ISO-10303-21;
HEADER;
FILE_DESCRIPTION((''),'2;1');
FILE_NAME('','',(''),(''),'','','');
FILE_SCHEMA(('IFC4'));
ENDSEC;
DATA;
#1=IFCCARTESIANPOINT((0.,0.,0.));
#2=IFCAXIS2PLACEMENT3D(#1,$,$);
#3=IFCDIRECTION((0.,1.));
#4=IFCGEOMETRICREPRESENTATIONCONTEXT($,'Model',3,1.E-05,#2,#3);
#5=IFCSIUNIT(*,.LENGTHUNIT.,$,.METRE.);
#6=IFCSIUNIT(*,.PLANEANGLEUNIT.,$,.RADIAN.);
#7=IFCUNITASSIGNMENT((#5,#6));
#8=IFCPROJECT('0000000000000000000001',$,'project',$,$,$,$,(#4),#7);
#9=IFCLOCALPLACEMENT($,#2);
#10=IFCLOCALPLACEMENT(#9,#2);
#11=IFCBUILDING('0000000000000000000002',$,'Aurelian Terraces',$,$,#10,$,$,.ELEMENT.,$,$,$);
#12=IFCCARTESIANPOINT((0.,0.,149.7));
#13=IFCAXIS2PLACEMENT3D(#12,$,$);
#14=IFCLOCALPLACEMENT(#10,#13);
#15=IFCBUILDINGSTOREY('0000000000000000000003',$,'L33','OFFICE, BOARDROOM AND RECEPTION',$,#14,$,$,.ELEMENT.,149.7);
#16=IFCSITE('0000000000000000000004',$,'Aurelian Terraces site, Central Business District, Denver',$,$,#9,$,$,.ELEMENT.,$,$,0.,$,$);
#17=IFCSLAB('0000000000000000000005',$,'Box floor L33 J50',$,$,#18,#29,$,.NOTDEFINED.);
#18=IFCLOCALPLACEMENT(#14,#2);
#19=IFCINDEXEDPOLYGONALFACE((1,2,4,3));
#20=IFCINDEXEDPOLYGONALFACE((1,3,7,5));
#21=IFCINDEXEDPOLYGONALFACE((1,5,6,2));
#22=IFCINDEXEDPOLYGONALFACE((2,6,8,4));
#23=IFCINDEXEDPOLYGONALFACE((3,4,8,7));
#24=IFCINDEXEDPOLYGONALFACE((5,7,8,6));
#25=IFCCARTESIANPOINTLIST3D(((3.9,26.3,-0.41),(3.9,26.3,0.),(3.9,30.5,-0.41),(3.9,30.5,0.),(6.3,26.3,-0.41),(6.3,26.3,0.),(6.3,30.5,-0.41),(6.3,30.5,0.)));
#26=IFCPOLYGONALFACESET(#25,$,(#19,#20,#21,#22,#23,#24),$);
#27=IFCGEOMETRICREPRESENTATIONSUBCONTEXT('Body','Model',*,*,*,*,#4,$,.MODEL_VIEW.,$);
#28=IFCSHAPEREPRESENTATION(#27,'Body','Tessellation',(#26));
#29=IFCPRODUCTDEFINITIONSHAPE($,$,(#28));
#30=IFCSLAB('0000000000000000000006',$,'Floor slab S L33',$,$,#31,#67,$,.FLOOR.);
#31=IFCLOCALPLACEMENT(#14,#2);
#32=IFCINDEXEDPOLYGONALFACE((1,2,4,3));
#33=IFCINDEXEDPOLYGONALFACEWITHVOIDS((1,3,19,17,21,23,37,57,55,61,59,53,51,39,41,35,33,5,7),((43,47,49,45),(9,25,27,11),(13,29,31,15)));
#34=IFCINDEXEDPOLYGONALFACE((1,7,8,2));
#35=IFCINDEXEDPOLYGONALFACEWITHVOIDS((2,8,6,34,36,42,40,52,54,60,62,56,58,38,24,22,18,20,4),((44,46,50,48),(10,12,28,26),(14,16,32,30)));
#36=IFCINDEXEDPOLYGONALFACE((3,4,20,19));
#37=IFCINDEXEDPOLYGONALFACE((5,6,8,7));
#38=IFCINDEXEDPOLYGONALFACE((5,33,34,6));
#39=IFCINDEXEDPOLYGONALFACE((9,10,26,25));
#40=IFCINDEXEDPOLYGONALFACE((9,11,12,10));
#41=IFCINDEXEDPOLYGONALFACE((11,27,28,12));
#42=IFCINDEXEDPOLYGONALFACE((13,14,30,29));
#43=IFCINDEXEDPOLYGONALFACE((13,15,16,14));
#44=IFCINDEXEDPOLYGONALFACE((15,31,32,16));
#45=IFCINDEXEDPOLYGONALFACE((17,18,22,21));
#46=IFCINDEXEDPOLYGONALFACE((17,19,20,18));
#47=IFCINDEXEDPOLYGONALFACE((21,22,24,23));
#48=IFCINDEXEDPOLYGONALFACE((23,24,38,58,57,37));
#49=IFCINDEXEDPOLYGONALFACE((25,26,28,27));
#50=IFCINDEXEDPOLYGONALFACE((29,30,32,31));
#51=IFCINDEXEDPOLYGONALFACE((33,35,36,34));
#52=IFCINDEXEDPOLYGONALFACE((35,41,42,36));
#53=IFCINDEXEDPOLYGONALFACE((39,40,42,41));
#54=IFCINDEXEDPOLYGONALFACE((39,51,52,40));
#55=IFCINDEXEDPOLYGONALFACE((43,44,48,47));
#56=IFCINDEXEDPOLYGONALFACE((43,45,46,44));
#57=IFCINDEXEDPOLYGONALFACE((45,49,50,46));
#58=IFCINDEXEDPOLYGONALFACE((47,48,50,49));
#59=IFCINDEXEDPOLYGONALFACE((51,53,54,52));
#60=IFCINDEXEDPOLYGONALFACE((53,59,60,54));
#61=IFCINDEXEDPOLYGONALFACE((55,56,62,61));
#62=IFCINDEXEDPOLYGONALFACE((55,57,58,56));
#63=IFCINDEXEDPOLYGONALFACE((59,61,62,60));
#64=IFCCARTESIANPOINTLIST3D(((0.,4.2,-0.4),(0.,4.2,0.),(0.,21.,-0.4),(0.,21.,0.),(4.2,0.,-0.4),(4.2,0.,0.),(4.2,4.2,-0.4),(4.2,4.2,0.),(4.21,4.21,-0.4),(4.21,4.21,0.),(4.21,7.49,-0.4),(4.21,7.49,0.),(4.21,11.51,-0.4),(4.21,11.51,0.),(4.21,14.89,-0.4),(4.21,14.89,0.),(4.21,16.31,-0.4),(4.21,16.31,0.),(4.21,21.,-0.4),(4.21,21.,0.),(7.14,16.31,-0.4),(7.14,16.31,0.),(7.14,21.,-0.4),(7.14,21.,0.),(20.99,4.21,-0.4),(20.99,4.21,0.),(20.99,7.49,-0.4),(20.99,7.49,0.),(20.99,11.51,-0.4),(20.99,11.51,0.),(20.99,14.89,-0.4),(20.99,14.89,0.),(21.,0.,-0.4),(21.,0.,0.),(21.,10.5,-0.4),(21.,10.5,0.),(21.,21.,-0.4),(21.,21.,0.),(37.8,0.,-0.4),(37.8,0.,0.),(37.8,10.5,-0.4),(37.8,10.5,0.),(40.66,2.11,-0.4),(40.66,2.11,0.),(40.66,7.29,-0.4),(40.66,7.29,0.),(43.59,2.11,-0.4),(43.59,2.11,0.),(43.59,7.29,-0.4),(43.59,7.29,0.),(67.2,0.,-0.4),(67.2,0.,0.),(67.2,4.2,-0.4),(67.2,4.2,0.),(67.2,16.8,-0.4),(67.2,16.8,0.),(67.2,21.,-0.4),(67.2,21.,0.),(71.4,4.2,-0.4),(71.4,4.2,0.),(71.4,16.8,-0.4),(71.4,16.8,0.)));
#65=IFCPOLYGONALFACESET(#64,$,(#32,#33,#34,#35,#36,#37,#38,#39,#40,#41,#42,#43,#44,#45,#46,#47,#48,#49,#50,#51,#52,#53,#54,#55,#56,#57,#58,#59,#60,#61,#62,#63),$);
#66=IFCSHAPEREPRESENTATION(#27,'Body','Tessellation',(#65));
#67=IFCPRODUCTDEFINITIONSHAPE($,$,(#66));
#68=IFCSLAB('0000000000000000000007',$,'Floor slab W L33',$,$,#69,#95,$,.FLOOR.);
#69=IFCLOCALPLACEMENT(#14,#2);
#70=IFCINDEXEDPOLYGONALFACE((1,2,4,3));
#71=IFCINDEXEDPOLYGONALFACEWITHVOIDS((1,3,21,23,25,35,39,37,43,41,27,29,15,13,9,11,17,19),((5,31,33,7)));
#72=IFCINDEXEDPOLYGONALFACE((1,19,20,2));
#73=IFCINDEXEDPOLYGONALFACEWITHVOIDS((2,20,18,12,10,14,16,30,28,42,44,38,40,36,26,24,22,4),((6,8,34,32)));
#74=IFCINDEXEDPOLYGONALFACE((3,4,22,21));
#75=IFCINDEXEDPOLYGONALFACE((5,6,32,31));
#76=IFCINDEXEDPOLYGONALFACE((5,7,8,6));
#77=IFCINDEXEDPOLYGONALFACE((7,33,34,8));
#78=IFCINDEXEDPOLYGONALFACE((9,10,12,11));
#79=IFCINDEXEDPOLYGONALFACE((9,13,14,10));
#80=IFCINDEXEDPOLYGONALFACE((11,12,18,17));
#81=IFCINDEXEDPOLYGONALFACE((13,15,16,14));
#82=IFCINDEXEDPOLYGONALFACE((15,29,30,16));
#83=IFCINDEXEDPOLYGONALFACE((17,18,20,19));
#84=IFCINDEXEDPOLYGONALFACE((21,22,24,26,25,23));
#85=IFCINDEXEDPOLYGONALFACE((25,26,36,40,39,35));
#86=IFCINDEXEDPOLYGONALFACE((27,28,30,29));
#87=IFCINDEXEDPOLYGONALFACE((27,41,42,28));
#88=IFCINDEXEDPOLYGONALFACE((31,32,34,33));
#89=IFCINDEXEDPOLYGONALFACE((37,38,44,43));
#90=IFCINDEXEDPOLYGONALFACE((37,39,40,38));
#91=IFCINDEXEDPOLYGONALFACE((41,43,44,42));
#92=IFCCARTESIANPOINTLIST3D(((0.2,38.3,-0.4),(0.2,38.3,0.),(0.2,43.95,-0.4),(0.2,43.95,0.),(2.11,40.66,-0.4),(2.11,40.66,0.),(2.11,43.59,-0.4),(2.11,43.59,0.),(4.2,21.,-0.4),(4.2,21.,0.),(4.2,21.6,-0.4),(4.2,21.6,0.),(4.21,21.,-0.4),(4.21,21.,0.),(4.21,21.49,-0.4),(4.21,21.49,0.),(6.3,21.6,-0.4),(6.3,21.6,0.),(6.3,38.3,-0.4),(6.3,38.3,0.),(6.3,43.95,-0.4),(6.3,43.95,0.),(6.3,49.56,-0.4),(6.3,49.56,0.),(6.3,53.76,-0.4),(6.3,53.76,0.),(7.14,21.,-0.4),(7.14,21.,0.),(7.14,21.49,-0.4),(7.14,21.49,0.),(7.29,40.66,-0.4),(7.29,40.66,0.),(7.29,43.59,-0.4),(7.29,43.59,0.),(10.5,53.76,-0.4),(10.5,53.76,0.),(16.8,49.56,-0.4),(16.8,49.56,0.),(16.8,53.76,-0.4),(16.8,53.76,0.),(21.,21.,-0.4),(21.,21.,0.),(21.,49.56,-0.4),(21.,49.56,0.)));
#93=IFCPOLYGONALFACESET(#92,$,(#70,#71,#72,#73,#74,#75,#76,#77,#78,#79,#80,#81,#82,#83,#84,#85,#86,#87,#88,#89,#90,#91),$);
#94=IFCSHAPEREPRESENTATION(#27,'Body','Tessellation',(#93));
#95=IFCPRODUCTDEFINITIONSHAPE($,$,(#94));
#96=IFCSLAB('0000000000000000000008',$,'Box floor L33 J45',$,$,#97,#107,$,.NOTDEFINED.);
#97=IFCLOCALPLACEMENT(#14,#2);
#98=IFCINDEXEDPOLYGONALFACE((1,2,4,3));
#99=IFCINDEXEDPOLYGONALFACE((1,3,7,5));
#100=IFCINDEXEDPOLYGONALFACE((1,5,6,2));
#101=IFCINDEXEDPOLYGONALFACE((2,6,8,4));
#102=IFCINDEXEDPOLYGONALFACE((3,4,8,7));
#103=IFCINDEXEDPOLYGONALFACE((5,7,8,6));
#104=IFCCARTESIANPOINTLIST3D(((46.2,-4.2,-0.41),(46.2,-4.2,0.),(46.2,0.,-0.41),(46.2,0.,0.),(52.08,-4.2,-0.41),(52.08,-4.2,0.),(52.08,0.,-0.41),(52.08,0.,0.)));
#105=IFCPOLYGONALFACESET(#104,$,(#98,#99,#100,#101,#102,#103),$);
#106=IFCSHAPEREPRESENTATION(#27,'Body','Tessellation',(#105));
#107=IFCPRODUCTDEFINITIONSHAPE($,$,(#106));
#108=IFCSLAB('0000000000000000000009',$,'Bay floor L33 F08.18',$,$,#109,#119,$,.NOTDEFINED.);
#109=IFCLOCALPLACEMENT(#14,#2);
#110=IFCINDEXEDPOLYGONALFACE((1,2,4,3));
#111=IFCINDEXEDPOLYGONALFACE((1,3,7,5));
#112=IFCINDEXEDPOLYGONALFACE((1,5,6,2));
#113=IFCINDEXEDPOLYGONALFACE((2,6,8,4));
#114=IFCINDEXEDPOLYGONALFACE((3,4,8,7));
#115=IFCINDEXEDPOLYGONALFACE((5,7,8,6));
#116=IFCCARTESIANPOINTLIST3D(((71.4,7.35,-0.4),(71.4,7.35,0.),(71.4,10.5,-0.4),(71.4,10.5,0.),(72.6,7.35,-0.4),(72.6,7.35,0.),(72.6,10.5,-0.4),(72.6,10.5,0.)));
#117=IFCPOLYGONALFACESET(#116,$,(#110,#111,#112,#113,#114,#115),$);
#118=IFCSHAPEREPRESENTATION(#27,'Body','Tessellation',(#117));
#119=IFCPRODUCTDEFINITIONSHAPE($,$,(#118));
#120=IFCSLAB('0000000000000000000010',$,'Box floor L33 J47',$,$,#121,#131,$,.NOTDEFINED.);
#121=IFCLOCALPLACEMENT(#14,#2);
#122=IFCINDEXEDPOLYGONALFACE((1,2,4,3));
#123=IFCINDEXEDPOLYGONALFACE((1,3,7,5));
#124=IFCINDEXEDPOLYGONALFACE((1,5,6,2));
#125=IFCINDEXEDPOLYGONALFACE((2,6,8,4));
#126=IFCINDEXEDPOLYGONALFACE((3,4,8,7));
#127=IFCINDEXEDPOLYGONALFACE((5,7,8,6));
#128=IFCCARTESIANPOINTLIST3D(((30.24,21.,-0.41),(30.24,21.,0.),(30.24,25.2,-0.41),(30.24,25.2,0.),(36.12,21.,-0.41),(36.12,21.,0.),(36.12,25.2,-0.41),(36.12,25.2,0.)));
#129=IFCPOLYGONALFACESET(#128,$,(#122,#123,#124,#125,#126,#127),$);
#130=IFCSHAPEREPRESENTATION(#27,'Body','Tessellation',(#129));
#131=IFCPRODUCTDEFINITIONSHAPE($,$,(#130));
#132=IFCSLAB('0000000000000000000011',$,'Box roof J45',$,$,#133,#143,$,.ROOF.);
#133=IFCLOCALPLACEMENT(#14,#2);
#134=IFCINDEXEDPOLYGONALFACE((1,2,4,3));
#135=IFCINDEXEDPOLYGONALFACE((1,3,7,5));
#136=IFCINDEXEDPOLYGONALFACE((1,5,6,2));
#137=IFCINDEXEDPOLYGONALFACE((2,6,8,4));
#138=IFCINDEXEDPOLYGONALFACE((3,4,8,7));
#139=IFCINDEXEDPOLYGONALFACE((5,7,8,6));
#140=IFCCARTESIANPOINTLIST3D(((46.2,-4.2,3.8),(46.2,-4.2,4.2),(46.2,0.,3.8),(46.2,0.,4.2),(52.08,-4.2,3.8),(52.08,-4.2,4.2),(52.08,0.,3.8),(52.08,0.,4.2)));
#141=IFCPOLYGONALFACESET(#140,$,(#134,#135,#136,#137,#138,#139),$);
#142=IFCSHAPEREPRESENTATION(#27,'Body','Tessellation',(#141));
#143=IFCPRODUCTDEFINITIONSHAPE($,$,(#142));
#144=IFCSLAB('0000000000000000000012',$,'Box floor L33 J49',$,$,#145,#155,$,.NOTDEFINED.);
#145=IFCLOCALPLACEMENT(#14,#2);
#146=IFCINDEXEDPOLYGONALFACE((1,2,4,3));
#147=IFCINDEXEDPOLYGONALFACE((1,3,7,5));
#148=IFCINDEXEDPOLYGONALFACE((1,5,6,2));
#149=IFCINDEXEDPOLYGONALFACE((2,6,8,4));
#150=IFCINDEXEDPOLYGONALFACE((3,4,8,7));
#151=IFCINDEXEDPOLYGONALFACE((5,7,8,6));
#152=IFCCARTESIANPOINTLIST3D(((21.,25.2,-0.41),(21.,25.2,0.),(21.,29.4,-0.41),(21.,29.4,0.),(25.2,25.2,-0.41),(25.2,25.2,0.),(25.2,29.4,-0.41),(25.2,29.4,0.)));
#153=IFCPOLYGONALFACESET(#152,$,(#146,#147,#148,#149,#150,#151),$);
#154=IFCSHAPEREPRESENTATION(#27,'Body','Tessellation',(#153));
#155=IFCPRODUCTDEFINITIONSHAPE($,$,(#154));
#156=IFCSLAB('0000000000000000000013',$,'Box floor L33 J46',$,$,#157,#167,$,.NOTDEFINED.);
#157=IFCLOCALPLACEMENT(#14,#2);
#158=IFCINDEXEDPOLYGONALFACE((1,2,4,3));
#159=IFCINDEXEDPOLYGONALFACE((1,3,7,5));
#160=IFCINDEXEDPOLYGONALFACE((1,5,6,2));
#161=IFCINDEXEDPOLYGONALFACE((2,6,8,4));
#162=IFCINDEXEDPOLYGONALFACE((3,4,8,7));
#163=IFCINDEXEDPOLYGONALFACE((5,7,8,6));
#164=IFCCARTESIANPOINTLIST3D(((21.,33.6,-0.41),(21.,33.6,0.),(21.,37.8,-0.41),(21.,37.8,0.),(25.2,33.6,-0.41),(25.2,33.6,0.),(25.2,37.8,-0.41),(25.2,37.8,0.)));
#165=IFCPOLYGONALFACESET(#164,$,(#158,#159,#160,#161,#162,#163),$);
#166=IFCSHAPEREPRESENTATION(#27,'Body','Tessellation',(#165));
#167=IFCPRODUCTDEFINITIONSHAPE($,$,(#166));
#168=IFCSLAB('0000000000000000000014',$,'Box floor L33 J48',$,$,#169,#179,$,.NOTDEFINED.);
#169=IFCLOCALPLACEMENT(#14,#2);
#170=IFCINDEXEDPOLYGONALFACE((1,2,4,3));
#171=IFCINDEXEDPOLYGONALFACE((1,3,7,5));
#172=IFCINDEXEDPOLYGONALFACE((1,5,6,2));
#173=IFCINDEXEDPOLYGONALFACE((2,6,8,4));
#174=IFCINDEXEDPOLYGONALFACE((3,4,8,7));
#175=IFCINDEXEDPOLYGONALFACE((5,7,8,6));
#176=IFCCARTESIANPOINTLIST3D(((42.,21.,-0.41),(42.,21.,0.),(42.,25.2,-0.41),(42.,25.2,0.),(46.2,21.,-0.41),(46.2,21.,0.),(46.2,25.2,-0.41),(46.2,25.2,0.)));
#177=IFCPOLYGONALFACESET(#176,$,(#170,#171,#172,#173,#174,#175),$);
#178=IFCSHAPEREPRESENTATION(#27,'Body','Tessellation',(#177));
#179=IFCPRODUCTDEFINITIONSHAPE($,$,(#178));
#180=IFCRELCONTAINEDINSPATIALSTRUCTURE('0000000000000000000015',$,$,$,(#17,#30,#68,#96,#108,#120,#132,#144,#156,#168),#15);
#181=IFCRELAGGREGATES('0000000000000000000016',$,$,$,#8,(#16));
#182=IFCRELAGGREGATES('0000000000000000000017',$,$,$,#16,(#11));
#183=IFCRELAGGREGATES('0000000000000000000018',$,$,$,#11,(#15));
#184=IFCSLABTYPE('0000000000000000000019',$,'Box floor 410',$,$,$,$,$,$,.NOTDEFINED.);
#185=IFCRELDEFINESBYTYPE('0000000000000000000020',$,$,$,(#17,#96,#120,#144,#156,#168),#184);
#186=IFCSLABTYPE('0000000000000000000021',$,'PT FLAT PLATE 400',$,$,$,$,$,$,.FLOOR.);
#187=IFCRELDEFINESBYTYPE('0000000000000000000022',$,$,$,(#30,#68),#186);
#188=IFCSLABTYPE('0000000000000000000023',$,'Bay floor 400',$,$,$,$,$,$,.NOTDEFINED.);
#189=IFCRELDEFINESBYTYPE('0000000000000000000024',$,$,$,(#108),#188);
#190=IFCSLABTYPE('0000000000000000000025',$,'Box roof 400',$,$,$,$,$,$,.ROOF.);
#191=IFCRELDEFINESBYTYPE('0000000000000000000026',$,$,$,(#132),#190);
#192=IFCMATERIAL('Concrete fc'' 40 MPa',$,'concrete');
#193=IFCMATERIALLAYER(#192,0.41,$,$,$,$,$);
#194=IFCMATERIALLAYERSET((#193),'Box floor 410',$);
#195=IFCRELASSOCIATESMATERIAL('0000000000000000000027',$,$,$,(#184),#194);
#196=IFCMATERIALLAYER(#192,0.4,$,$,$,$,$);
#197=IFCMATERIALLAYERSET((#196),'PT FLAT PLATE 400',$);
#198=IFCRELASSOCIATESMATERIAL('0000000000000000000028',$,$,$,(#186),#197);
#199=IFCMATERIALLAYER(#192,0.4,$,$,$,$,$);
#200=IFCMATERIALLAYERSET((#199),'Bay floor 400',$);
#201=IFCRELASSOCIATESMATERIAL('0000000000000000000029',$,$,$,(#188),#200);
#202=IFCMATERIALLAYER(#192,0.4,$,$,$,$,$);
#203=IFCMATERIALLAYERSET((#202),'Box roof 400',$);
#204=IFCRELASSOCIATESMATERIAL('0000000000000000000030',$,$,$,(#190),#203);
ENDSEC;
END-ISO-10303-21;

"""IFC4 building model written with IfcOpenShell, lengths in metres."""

from ifc_helpers import new_model, si_unit, direction, frame, origin, place, context, subcontext, project, spatial, polyline, outline, extrude, source, transform, mapped, material, layer, layer_set, type_object, element, save


model = new_model("IFC4")

# Units and contexts
model_context = context("Model", 3, precision=1e-05, world=origin(), true_north=direction((0.0, 1.0)))
body_context = subcontext(model_context, "Body", "Model", "MODEL_VIEW")
ifc_project = project(units=[si_unit("LENGTHUNIT", "METRE"), si_unit("PLANEANGLEUNIT", "RADIAN")], contexts=[model_context])

# Site, building, storey
site_placement = place(None, origin())
site = spatial("IfcSite", under=ifc_project, at=site_placement, Name="Aurelian Terraces site, Central Business District, Denver", CompositionType="ELEMENT", RefElevation=0.0)
building_placement = place(site_placement, origin())
building = spatial("IfcBuilding", under=site, at=building_placement, Name="Aurelian Terraces", CompositionType="ELEMENT")
storey_placement = place(building_placement, frame((0.0, 0.0, 149.7)))
storey = spatial("IfcBuildingStorey", under=building, at=storey_placement, Name="L33", Description="OFFICE, BOARDROOM AND RECEPTION", CompositionType="ELEMENT", Elevation=149.7)

# Slabs
ifc_material_1 = material(Name="Concrete fc' 40 MPa", Category="concrete")
ifc_layer_1 = layer(ifc_material_1, 0.41)
ifc_layer_set_1 = layer_set([ifc_layer_1], Name="Box floor 410")
slab_type_1 = type_object("IfcSlabType", Name="Box floor 410", PredefinedType="NOTDEFINED", material=ifc_layer_set_1)
slab_1_placement = place(storey_placement, frame((0.0, 0.0, -0.41)))
element("IfcSlab", 1, at=slab_1_placement, inside=storey, type_object=slab_type_1, Name="Box floor L33 J50", PredefinedType="NOTDEFINED", context=body_context, shape_type="SweptSolid", body=[
    extrude(outline(polyline([(3.9, 30.5), (3.9, 26.3), (6.3, 26.3), (6.3, 30.5), (3.9, 30.5)])), origin(), (0.0, 0.0, 1.0), 0.41),
])
ifc_layer_2 = layer(ifc_material_1, 0.4)
ifc_layer_set_2 = layer_set([ifc_layer_2], Name="PT FLAT PLATE 400")
slab_type_2 = type_object("IfcSlabType", Name="PT FLAT PLATE 400", PredefinedType="FLOOR", material=ifc_layer_set_2)
shared_shape_1 = source(origin(), body_context, "Body", "SweptSolid", [
    extrude(outline(polyline([(71.4, 16.8), (71.4, 4.2), (67.2, 4.2), (67.2, 0.0), (37.8, 0.0), (37.8, 10.5), (21.0, 10.5), (21.0, 0.0), (4.2, 0.0), (4.2, 4.2), (0.0, 4.2), (0.0, 21.0), (4.21, 21.0), (4.21, 16.31), (7.14, 16.31), (7.14, 21.0), (21.0, 21.0), (67.2, 21.0), (67.2, 16.8), (71.4, 16.8)]), holes=[polyline([(40.66, 2.11), (43.59, 2.11), (43.59, 7.29), (40.66, 7.29), (40.66, 2.11)]), polyline([(4.21, 7.49), (4.21, 4.21), (20.99, 4.21), (20.99, 7.49), (4.21, 7.49)]), polyline([(4.21, 14.89), (4.21, 11.51), (20.99, 11.51), (20.99, 14.89), (4.21, 14.89)])]), origin(), (0.0, 0.0, 1.0), 0.4),
])
slab_2_placement = place(storey_placement, frame((0.0, 0.0, -0.4)))
element("IfcSlab", 2, at=slab_2_placement, inside=storey, type_object=slab_type_2, Name="Floor slab S L33", PredefinedType="FLOOR", context=body_context, shape_type="MappedRepresentation", body=[
    mapped(shared_shape_1, transform((0.0, 0.0, 0.0), scale=1.0)),
])
shared_shape_2 = source(origin(), body_context, "Body", "SweptSolid", [
    extrude(outline(polyline([(0.2, 43.95), (6.3, 43.95), (6.3, 49.56), (6.3, 53.76), (10.5, 53.76), (16.8, 53.76), (16.8, 49.56), (21.0, 49.56), (21.0, 21.0), (7.14, 21.0), (7.14, 21.49), (4.21, 21.49), (4.21, 21.0), (4.2, 21.0), (4.2, 21.6), (6.3, 21.6), (6.3, 38.3), (0.2, 38.3), (0.2, 43.95)]), holes=[polyline([(7.29, 43.59), (2.11, 43.59), (2.11, 40.66), (7.29, 40.66), (7.29, 43.59)])]), origin(), (0.0, 0.0, 1.0), 0.4),
])
slab_3_placement = place(storey_placement, frame((0.0, 0.0, -0.4)))
element("IfcSlab", 3, at=slab_3_placement, inside=storey, type_object=slab_type_2, Name="Floor slab W L33", PredefinedType="FLOOR", context=body_context, shape_type="MappedRepresentation", body=[
    mapped(shared_shape_2, transform((0.0, 0.0, 0.0), scale=1.0)),
])
shared_shape_3 = source(origin(), body_context, "Body", "SweptSolid", [
    extrude(outline(polyline([(46.2, -4.2), (52.08, -4.2), (52.08, 0.0), (46.2, 0.0), (46.2, -4.2)])), origin(), (0.0, 0.0, 1.0), 0.41),
])
slab_4_placement = place(storey_placement, frame((0.0, 0.0, -0.41)))
element("IfcSlab", 4, at=slab_4_placement, inside=storey, type_object=slab_type_1, Name="Box floor L33 J45", PredefinedType="NOTDEFINED", context=body_context, shape_type="MappedRepresentation", body=[
    mapped(shared_shape_3, transform((0.0, 0.0, 0.0), scale=1.0)),
])
ifc_layer_3 = layer(ifc_material_1, 0.4)
ifc_layer_set_3 = layer_set([ifc_layer_3], Name="Bay floor 400")
slab_type_3 = type_object("IfcSlabType", Name="Bay floor 400", PredefinedType="NOTDEFINED", material=ifc_layer_set_3)
shared_shape_4 = source(origin(), body_context, "Body", "SweptSolid", [
    extrude(outline(polyline([(71.4, 7.35), (71.4, 10.5), (72.6, 10.5), (72.6, 7.35), (71.4, 7.35)])), origin(), (0.0, 0.0, 1.0), 0.4),
])
slab_5_placement = place(storey_placement, frame((0.0, 0.0, -0.4)))
element("IfcSlab", 5, at=slab_5_placement, inside=storey, type_object=slab_type_3, Name="Bay floor L33 F08.18", PredefinedType="NOTDEFINED", context=body_context, shape_type="MappedRepresentation", body=[
    mapped(shared_shape_4, transform((0.0, 0.0, 0.0), scale=1.0)),
])
shared_shape_5 = source(origin(), body_context, "Body", "SweptSolid", [
    extrude(outline(polyline([(36.12, 25.2), (30.24, 25.2), (30.24, 21.0), (36.12, 21.0), (36.12, 25.2)])), origin(), (0.0, 0.0, 1.0), 0.41),
])
slab_6_placement = place(storey_placement, frame((0.0, 0.0, -0.41)))
element("IfcSlab", 6, at=slab_6_placement, inside=storey, type_object=slab_type_1, Name="Box floor L33 J47", PredefinedType="NOTDEFINED", context=body_context, shape_type="MappedRepresentation", body=[
    mapped(shared_shape_5, transform((0.0, 0.0, 0.0), scale=1.0)),
])
ifc_layer_4 = layer(ifc_material_1, 0.4)
ifc_layer_set_4 = layer_set([ifc_layer_4], Name="Box roof 400")
slab_type_4 = type_object("IfcSlabType", Name="Box roof 400", PredefinedType="ROOF", material=ifc_layer_set_4)
shared_shape_6 = source(origin(), body_context, "Body", "SweptSolid", [
    extrude(outline(polyline([(46.2, -4.2), (52.08, -4.2), (52.08, 0.0), (46.2, 0.0), (46.2, -4.2)])), origin(), (0.0, 0.0, 1.0), 0.4),
])
slab_7_placement = place(storey_placement, frame((0.0, 0.0, 3.8)))
element("IfcSlab", 7, at=slab_7_placement, inside=storey, type_object=slab_type_4, Name="Box roof J45", PredefinedType="ROOF", context=body_context, shape_type="MappedRepresentation", body=[
    mapped(shared_shape_6, transform((0.0, 0.0, 0.0), scale=1.0)),
])
shared_shape_7 = source(origin(), body_context, "Body", "SweptSolid", [
    extrude(outline(polyline([(25.2, 25.2), (25.2, 29.4), (21.0, 29.4), (21.0, 25.2), (25.2, 25.2)])), origin(), (0.0, 0.0, 1.0), 0.41),
])
slab_8_placement = place(storey_placement, frame((0.0, 0.0, -0.41)))
element("IfcSlab", 8, at=slab_8_placement, inside=storey, type_object=slab_type_1, Name="Box floor L33 J49", PredefinedType="NOTDEFINED", context=body_context, shape_type="MappedRepresentation", body=[
    mapped(shared_shape_7, transform((0.0, 0.0, 0.0), scale=1.0)),
])
shared_shape_8 = source(origin(), body_context, "Body", "SweptSolid", [
    extrude(outline(polyline([(25.2, 33.6), (25.2, 37.8), (21.0, 37.8), (21.0, 33.6), (25.2, 33.6)])), origin(), (0.0, 0.0, 1.0), 0.41),
])
slab_9_placement = place(storey_placement, frame((0.0, 0.0, -0.41)))
element("IfcSlab", 9, at=slab_9_placement, inside=storey, type_object=slab_type_1, Name="Box floor L33 J46", PredefinedType="NOTDEFINED", context=body_context, shape_type="MappedRepresentation", body=[
    mapped(shared_shape_8, transform((0.0, 0.0, 0.0), scale=1.0)),
])
shared_shape_9 = source(origin(), body_context, "Body", "SweptSolid", [
    extrude(outline(polyline([(46.2, 25.2), (42.0, 25.2), (42.0, 21.0), (46.2, 21.0), (46.2, 25.2)])), origin(), (0.0, 0.0, 1.0), 0.41),
])
slab_10_placement = place(storey_placement, frame((0.0, 0.0, -0.41)))
element("IfcSlab", 10, at=slab_10_placement, inside=storey, type_object=slab_type_1, Name="Box floor L33 J48", PredefinedType="NOTDEFINED", context=body_context, shape_type="MappedRepresentation", body=[
    mapped(shared_shape_9, transform((0.0, 0.0, 0.0), scale=1.0)),
])

save(model, "model.ifc")
